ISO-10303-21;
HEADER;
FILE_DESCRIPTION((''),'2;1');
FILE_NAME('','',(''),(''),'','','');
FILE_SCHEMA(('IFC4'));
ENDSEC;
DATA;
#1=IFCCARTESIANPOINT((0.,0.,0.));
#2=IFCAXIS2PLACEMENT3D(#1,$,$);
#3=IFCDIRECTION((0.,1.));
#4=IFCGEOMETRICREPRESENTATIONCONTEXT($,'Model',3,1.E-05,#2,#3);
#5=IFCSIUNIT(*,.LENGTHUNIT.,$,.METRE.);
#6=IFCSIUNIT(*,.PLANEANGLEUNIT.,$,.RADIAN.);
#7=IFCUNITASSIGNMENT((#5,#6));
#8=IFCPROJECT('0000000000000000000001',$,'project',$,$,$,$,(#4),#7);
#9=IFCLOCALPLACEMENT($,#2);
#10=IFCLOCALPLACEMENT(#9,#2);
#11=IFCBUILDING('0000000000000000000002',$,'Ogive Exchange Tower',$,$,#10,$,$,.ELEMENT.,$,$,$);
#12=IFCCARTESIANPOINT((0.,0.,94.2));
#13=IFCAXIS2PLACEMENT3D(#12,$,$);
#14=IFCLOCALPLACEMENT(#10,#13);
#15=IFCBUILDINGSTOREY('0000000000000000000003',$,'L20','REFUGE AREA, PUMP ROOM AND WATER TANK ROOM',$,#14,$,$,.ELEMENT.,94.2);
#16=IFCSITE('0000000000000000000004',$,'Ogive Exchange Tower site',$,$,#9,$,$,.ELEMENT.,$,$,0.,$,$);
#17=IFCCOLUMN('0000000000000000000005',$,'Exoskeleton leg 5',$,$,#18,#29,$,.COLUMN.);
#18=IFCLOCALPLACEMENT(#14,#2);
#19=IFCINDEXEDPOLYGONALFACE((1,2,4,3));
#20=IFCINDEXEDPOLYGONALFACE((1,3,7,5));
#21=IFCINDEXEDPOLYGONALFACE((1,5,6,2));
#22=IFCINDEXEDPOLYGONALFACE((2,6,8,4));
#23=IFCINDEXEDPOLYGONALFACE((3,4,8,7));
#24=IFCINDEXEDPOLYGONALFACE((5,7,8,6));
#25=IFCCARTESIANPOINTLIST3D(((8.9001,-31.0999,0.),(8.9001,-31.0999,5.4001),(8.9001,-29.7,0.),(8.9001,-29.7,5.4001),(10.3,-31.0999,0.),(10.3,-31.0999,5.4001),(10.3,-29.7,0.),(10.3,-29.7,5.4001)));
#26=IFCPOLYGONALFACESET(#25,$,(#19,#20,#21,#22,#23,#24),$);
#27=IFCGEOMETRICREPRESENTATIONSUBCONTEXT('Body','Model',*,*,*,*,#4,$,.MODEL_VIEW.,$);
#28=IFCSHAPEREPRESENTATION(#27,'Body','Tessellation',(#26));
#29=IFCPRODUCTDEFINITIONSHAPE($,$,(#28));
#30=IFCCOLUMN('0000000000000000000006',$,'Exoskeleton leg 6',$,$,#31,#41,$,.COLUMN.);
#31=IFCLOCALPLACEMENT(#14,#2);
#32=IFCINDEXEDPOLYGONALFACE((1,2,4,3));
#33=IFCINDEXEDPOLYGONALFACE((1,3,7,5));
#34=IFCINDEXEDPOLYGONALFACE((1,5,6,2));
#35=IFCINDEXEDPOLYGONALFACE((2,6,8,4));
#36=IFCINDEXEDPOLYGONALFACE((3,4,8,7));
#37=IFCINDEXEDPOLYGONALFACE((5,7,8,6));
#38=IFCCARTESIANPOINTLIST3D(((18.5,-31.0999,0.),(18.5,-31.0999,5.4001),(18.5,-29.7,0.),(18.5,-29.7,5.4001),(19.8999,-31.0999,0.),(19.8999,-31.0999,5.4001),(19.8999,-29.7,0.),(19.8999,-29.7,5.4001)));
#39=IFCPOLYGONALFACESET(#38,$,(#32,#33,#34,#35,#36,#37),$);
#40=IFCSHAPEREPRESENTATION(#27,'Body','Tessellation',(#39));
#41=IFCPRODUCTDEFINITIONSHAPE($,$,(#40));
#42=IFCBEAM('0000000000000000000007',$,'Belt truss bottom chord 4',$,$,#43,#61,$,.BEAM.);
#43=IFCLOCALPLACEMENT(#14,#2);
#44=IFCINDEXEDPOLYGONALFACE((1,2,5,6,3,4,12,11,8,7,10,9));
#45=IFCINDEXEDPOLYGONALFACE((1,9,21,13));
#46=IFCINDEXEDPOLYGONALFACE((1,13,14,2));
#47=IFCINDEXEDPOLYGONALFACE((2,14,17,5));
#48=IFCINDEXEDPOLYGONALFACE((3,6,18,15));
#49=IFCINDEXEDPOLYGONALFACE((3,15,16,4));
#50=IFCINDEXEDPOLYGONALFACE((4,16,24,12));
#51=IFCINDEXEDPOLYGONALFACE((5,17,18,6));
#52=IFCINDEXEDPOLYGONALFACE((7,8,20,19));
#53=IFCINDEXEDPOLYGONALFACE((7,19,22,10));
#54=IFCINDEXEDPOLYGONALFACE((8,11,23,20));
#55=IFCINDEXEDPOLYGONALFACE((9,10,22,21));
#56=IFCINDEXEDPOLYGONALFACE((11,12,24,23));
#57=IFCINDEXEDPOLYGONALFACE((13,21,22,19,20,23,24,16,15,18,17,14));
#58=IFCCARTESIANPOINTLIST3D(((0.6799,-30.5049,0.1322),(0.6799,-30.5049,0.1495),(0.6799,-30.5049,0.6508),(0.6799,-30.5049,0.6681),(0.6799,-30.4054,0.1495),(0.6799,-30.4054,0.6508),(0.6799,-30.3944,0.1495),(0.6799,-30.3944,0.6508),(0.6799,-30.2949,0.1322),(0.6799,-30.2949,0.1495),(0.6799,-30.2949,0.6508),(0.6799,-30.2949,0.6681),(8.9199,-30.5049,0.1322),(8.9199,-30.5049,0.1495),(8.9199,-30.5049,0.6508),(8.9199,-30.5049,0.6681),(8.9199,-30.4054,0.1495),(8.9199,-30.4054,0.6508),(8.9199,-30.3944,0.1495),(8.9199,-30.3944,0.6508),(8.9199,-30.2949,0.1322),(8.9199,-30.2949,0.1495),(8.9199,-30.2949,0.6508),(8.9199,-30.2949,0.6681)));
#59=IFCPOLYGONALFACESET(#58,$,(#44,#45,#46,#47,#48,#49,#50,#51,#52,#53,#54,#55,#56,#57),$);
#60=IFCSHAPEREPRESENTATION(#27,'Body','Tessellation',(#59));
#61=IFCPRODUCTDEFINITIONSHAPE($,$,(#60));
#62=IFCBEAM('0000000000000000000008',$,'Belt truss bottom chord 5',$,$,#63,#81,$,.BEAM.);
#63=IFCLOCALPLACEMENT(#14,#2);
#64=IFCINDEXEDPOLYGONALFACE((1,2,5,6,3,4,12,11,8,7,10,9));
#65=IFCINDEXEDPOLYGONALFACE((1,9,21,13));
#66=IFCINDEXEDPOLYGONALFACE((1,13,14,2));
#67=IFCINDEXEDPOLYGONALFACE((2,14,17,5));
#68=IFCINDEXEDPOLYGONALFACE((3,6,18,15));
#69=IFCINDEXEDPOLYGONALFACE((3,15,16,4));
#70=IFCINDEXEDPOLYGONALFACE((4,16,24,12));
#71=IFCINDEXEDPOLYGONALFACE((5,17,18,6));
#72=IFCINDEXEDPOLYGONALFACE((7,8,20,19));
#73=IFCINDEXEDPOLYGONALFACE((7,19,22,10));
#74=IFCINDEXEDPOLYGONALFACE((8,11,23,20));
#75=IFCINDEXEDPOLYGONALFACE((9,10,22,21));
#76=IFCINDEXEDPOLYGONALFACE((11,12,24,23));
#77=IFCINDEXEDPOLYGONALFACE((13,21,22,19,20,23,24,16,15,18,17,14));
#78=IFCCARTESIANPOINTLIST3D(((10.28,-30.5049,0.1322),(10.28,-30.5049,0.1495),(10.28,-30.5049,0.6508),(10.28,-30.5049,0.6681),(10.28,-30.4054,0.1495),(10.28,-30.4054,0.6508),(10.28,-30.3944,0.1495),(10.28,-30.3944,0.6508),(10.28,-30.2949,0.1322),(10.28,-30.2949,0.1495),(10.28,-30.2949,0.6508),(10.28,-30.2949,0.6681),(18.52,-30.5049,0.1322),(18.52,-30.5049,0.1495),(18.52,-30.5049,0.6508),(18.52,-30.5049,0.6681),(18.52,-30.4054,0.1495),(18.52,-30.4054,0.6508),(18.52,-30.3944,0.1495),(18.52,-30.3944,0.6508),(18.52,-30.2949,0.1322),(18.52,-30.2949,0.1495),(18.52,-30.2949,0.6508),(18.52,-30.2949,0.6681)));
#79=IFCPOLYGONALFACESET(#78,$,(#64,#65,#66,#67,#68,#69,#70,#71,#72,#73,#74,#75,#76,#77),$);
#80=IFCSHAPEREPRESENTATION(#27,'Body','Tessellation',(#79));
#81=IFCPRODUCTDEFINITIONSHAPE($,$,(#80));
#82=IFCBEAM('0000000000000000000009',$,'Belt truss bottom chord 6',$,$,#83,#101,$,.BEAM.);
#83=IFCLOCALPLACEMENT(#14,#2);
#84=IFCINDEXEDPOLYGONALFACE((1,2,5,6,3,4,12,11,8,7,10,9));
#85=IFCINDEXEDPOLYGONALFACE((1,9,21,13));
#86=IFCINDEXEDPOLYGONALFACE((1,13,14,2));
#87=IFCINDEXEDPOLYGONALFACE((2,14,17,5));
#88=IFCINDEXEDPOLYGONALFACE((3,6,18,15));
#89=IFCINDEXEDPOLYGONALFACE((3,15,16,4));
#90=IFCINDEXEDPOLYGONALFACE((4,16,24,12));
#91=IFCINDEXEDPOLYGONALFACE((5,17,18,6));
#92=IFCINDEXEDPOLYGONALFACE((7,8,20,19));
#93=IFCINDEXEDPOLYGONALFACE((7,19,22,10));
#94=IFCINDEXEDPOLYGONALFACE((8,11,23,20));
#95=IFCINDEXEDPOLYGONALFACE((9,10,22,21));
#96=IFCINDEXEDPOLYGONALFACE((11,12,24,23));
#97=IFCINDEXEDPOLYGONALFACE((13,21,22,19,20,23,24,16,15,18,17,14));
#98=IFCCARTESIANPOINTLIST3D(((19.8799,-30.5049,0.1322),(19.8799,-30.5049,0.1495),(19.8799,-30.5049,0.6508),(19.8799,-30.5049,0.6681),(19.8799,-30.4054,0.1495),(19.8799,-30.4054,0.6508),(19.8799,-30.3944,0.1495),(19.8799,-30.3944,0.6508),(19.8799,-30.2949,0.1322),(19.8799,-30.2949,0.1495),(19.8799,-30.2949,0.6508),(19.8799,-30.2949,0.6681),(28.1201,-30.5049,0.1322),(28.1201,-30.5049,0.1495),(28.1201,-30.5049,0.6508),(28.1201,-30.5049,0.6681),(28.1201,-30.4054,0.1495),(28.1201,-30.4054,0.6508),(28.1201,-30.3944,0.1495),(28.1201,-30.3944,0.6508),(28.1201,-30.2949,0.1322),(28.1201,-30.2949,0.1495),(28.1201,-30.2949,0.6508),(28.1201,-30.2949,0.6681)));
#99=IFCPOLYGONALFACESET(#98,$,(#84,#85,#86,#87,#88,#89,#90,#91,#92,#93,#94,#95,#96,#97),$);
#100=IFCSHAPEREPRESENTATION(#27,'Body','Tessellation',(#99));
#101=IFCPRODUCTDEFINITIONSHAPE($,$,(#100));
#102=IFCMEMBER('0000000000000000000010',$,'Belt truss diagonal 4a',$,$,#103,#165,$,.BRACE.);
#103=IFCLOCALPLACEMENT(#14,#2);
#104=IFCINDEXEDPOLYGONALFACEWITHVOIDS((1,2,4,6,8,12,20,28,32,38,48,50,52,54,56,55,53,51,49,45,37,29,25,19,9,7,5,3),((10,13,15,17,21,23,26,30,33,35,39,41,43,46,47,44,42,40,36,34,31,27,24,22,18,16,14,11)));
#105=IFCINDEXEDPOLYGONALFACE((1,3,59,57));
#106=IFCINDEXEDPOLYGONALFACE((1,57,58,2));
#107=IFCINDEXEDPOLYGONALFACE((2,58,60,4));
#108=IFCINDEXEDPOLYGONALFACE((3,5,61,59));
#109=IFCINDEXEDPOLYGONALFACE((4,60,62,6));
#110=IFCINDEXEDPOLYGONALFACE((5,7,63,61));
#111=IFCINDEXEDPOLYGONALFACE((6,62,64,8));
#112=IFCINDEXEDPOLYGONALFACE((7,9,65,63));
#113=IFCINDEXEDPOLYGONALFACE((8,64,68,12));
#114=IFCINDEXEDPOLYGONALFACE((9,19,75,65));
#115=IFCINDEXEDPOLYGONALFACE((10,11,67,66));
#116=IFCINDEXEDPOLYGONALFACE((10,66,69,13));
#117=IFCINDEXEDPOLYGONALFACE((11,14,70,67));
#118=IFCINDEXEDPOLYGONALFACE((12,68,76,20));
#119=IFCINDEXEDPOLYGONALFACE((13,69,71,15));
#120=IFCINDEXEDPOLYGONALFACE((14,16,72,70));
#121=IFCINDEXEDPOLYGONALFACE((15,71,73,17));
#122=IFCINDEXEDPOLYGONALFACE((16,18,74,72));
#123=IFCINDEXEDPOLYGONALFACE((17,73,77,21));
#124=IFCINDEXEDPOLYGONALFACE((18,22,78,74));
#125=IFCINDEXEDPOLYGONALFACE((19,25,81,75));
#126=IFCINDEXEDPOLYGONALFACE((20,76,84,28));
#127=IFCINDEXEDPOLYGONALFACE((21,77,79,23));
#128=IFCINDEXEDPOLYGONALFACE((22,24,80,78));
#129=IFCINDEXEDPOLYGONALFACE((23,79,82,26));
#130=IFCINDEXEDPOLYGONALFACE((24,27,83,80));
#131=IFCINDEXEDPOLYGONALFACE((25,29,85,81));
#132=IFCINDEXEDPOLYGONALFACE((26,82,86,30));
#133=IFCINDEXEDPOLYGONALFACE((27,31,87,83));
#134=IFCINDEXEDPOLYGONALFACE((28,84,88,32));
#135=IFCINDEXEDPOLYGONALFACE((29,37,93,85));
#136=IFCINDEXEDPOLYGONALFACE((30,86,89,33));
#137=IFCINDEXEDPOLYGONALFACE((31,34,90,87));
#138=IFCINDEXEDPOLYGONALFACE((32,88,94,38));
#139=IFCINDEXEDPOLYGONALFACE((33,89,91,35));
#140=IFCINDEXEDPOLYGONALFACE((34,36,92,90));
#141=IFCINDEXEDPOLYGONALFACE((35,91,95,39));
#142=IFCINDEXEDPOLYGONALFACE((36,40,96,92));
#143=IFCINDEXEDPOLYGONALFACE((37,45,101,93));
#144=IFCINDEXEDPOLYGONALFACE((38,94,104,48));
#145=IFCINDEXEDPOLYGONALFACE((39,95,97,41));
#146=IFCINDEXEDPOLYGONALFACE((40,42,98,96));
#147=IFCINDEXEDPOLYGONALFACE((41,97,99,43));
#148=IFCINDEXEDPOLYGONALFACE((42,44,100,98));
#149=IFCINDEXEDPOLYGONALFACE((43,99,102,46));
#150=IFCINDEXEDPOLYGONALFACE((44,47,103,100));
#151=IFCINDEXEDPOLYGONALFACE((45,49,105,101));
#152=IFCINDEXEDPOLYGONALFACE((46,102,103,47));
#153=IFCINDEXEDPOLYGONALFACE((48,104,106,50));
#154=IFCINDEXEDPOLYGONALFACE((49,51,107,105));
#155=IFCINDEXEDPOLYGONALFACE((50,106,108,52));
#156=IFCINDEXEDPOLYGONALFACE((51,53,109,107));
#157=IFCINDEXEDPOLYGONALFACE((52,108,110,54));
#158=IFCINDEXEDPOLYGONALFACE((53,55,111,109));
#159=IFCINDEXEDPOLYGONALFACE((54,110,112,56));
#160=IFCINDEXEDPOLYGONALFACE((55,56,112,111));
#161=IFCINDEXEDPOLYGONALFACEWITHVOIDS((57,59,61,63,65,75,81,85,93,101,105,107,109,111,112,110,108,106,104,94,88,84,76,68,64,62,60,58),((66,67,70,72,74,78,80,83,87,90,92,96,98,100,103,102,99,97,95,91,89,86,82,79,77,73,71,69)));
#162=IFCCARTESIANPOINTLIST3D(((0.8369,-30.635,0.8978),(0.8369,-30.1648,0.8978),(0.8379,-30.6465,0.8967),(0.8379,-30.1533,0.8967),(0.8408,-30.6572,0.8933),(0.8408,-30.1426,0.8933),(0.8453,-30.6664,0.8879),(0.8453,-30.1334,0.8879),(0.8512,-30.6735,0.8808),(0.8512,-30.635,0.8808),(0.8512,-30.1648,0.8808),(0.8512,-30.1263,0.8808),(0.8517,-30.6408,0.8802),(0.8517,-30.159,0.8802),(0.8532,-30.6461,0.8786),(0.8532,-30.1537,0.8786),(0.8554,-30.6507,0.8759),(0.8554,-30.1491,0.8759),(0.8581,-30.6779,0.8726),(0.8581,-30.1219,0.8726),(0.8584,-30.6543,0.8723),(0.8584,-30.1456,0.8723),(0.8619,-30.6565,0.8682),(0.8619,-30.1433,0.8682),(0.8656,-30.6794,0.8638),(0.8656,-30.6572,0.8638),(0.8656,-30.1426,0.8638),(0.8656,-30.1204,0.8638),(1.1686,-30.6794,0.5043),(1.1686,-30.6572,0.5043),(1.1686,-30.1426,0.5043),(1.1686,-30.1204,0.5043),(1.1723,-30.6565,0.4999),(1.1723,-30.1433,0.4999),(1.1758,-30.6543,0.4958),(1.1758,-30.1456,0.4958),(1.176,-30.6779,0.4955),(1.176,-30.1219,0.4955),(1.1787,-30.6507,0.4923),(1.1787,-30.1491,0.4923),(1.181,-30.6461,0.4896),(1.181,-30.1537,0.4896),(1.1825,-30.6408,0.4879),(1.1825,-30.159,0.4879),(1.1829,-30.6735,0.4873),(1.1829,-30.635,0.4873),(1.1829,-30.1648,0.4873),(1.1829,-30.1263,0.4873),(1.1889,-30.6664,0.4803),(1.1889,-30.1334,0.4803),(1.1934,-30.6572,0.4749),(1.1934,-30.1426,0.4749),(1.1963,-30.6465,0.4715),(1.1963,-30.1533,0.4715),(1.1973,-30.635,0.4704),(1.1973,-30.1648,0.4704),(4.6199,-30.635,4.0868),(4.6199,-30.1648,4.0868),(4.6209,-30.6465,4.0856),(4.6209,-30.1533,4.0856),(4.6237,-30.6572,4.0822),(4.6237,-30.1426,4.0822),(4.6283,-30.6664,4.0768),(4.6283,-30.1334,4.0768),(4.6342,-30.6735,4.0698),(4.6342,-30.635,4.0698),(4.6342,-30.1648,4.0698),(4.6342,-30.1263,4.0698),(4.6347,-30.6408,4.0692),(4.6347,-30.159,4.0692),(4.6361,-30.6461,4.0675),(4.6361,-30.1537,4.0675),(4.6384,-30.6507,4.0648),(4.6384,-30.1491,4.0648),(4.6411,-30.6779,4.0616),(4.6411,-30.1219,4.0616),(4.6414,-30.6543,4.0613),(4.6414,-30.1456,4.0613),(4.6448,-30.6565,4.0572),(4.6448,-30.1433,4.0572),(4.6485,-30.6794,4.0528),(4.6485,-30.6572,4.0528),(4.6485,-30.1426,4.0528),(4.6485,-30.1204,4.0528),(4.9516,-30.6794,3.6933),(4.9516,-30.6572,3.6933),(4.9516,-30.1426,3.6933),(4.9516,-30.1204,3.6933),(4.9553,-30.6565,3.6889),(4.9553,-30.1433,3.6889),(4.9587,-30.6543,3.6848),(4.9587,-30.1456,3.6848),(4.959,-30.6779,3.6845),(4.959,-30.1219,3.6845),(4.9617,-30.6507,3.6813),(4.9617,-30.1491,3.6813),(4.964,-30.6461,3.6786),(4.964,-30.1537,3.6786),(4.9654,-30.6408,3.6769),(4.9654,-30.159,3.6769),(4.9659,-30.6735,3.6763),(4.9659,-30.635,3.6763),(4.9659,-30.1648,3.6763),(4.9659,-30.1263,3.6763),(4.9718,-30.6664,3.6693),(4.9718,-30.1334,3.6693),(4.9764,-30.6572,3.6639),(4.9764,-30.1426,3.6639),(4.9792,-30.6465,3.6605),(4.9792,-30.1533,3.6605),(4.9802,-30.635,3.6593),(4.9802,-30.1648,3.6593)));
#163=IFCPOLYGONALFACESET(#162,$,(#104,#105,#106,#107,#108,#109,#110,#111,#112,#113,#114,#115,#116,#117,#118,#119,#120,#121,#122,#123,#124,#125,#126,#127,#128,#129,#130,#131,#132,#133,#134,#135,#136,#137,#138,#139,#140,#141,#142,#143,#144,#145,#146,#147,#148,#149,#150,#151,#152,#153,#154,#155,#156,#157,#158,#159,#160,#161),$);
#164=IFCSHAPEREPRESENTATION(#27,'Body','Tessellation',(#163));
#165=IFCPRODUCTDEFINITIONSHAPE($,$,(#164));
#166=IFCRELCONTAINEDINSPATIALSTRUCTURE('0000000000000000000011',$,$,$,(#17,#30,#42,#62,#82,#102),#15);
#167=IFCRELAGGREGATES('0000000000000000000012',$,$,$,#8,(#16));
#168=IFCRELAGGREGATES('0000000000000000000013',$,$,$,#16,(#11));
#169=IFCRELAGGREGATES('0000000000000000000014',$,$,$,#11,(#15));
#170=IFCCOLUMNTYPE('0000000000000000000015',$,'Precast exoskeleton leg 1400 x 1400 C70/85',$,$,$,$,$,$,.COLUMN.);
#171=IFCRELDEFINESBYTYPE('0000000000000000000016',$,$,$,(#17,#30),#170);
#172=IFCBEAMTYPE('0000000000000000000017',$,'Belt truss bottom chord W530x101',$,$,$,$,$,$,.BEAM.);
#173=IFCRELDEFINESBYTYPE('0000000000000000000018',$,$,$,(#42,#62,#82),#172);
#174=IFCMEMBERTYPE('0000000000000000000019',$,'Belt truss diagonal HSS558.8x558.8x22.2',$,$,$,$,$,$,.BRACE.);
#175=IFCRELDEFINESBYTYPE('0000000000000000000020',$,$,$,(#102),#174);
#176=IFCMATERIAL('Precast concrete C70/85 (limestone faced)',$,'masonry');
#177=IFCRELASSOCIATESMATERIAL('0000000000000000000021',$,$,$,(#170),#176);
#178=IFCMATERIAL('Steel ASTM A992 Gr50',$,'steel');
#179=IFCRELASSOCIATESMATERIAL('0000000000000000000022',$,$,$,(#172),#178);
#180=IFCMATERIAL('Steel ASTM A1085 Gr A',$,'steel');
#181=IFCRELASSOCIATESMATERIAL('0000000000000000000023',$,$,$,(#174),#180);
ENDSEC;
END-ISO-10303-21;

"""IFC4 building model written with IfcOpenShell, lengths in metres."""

from ifc_helpers import new_model, si_unit, direction, frame, origin, origin_2d, place, context, subcontext, project, spatial, rectangle, hollow_rectangle, i_section, extrude, material, material_profile, profile_set, type_object, element, save


model = new_model("IFC4")

# Units and contexts
model_context = context("Model", 3, precision=1e-05, world=origin(), true_north=direction((0.0, 1.0)))
body_context = subcontext(model_context, "Body", "Model", "MODEL_VIEW")
ifc_project = project(units=[si_unit("LENGTHUNIT", "METRE"), si_unit("PLANEANGLEUNIT", "RADIAN")], contexts=[model_context])

# Site, building, storey
site_placement = place(None, origin())
site = spatial("IfcSite", under=ifc_project, at=site_placement, Name="Ogive Exchange Tower site", CompositionType="ELEMENT", RefElevation=0.0)
building_placement = place(site_placement, origin())
building = spatial("IfcBuilding", under=site, at=building_placement, Name="Ogive Exchange Tower", CompositionType="ELEMENT")
storey_placement = place(building_placement, frame((0.0, 0.0, 94.2)))
storey = spatial("IfcBuildingStorey", under=building, at=storey_placement, Name="L20", Description="REFUGE AREA, PUMP ROOM AND WATER TANK ROOM", CompositionType="ELEMENT", Elevation=94.2)

# Columns
ifc_material_1 = material(Name="Precast concrete C70/85 (limestone faced)", Category="masonry")
ifc_material_profile_1 = material_profile(ifc_material_1, rectangle(XDim=1.3999, YDim=1.3999, at=origin_2d()), Name="1400 x 1400")
ifc_profile_set_1 = profile_set([ifc_material_profile_1], Name="Precast concrete C70/85 (limestone faced)")
column_type = type_object("IfcColumnType", Name="Precast exoskeleton leg 1400 x 1400 C70/85", PredefinedType="COLUMN", material=ifc_profile_set_1)
for number, where, z_axis, x_axis, name in (
    (1, (9.6001, -30.3999, 0.0), (0.0, 0.0, 1.0), (1.0, 0.0, 0.0), "Exoskeleton leg 5"),
    (2, (19.2, -30.3999, 0.0), (0.0, 0.0, 1.0), (1.0, 0.0, 0.0), "Exoskeleton leg 6"),
):
    element("IfcColumn", number, at=place(storey_placement, frame(where, z_axis=z_axis, x_axis=x_axis)), inside=storey, type_object=column_type, Name=name, PredefinedType="COLUMN", context=body_context, shape_type="SweptSolid", body=[
        extrude(rectangle(XDim=1.3999, YDim=1.3999, at=origin_2d()), origin(), (0.0, 0.0, 1.0), 5.4001),
    ])

# Beams
ifc_material_2 = material(Name="Steel ASTM A992 Gr50", Category="steel")
ifc_material_profile_2 = material_profile(ifc_material_2, i_section(OverallWidth=0.21, OverallDepth=0.5359, WebThickness=0.011, FlangeThickness=0.0173, at=origin_2d()), Name="W530x101")
ifc_profile_set_2 = profile_set([ifc_material_profile_2], Name="Steel ASTM A992 Gr50")
beam_type_1 = type_object("IfcBeamType", Name="Belt truss bottom chord W530x101", PredefinedType="BEAM", material=ifc_profile_set_2)
for number, where, z_axis, x_axis, name in (
    (3, (0.6799, -30.3999, 0.4001), (1.0, 0.0, 0.0), (0.0, 1.0, 0.0), "Belt truss bottom chord 4"),
    (4, (10.28, -30.3999, 0.4001), (1.0, 0.0, 0.0), (0.0, 1.0, 0.0), "Belt truss bottom chord 5"),
):
    element("IfcBeam", number, at=place(storey_placement, frame(where, z_axis=z_axis, x_axis=x_axis)), inside=storey, type_object=beam_type_1, Name=name, PredefinedType="BEAM", context=body_context, shape_type="SweptSolid", body=[
        extrude(i_section(OverallWidth=0.21, OverallDepth=0.5359, WebThickness=0.011, FlangeThickness=0.0173, at=origin_2d()), origin(), (0.0, 0.0, 1.0), 8.24),
    ])
beam_1_placement = place(storey_placement, frame((19.8799, -30.3999, 0.4001), z_axis=(1.0, 0.0, 0.0), x_axis=(0.0, 1.0, 0.0)))
element("IfcBeam", 5, at=beam_1_placement, inside=storey, type_object=beam_type_1, Name="Belt truss bottom chord 6", PredefinedType="BEAM", context=body_context, shape_type="SweptSolid", body=[
    extrude(i_section(OverallWidth=0.21, OverallDepth=0.5359, WebThickness=0.011, FlangeThickness=0.0173, at=origin_2d()), origin(), (0.0, 0.0, 1.0), 8.2402),
])

# Member
ifc_material_3 = material(Name="Steel ASTM A1085 Gr A", Category="steel")
ifc_material_profile_3 = material_profile(ifc_material_3, hollow_rectangle(XDim=0.5591, YDim=0.5591, WallThickness=0.0222, InnerFilletRadius=0.0222, OuterFilletRadius=0.0444, at=origin_2d()), Name="HSS558.8x558.8x22.2")
ifc_profile_set_3 = profile_set([ifc_material_profile_3], Name="Steel ASTM A1085 Gr A")
member_type_1 = type_object("IfcMemberType", Name="Belt truss diagonal HSS558.8x558.8x22.2", PredefinedType="BRACE", material=ifc_profile_set_3)
for number, where, z_axis, x_axis, name in (
    (6, (1.0171, -30.3999, 0.6841), (0.764581, 0.0, 0.644528), (0.0, 1.0, 0.0), "Belt truss diagonal 4a"),
):
    element("IfcMember", number, at=place(storey_placement, frame(where, z_axis=z_axis, x_axis=x_axis)), inside=storey, type_object=member_type_1, Name=name, PredefinedType="BRACE", context=body_context, shape_type="SweptSolid", body=[
        extrude(hollow_rectangle(XDim=0.5591, YDim=0.5591, WallThickness=0.0222, InnerFilletRadius=0.0222, OuterFilletRadius=0.0444, at=origin_2d()), origin(), (0.0, 0.0, 1.0), 4.9478),
    ])

save(model, "model.ifc")
